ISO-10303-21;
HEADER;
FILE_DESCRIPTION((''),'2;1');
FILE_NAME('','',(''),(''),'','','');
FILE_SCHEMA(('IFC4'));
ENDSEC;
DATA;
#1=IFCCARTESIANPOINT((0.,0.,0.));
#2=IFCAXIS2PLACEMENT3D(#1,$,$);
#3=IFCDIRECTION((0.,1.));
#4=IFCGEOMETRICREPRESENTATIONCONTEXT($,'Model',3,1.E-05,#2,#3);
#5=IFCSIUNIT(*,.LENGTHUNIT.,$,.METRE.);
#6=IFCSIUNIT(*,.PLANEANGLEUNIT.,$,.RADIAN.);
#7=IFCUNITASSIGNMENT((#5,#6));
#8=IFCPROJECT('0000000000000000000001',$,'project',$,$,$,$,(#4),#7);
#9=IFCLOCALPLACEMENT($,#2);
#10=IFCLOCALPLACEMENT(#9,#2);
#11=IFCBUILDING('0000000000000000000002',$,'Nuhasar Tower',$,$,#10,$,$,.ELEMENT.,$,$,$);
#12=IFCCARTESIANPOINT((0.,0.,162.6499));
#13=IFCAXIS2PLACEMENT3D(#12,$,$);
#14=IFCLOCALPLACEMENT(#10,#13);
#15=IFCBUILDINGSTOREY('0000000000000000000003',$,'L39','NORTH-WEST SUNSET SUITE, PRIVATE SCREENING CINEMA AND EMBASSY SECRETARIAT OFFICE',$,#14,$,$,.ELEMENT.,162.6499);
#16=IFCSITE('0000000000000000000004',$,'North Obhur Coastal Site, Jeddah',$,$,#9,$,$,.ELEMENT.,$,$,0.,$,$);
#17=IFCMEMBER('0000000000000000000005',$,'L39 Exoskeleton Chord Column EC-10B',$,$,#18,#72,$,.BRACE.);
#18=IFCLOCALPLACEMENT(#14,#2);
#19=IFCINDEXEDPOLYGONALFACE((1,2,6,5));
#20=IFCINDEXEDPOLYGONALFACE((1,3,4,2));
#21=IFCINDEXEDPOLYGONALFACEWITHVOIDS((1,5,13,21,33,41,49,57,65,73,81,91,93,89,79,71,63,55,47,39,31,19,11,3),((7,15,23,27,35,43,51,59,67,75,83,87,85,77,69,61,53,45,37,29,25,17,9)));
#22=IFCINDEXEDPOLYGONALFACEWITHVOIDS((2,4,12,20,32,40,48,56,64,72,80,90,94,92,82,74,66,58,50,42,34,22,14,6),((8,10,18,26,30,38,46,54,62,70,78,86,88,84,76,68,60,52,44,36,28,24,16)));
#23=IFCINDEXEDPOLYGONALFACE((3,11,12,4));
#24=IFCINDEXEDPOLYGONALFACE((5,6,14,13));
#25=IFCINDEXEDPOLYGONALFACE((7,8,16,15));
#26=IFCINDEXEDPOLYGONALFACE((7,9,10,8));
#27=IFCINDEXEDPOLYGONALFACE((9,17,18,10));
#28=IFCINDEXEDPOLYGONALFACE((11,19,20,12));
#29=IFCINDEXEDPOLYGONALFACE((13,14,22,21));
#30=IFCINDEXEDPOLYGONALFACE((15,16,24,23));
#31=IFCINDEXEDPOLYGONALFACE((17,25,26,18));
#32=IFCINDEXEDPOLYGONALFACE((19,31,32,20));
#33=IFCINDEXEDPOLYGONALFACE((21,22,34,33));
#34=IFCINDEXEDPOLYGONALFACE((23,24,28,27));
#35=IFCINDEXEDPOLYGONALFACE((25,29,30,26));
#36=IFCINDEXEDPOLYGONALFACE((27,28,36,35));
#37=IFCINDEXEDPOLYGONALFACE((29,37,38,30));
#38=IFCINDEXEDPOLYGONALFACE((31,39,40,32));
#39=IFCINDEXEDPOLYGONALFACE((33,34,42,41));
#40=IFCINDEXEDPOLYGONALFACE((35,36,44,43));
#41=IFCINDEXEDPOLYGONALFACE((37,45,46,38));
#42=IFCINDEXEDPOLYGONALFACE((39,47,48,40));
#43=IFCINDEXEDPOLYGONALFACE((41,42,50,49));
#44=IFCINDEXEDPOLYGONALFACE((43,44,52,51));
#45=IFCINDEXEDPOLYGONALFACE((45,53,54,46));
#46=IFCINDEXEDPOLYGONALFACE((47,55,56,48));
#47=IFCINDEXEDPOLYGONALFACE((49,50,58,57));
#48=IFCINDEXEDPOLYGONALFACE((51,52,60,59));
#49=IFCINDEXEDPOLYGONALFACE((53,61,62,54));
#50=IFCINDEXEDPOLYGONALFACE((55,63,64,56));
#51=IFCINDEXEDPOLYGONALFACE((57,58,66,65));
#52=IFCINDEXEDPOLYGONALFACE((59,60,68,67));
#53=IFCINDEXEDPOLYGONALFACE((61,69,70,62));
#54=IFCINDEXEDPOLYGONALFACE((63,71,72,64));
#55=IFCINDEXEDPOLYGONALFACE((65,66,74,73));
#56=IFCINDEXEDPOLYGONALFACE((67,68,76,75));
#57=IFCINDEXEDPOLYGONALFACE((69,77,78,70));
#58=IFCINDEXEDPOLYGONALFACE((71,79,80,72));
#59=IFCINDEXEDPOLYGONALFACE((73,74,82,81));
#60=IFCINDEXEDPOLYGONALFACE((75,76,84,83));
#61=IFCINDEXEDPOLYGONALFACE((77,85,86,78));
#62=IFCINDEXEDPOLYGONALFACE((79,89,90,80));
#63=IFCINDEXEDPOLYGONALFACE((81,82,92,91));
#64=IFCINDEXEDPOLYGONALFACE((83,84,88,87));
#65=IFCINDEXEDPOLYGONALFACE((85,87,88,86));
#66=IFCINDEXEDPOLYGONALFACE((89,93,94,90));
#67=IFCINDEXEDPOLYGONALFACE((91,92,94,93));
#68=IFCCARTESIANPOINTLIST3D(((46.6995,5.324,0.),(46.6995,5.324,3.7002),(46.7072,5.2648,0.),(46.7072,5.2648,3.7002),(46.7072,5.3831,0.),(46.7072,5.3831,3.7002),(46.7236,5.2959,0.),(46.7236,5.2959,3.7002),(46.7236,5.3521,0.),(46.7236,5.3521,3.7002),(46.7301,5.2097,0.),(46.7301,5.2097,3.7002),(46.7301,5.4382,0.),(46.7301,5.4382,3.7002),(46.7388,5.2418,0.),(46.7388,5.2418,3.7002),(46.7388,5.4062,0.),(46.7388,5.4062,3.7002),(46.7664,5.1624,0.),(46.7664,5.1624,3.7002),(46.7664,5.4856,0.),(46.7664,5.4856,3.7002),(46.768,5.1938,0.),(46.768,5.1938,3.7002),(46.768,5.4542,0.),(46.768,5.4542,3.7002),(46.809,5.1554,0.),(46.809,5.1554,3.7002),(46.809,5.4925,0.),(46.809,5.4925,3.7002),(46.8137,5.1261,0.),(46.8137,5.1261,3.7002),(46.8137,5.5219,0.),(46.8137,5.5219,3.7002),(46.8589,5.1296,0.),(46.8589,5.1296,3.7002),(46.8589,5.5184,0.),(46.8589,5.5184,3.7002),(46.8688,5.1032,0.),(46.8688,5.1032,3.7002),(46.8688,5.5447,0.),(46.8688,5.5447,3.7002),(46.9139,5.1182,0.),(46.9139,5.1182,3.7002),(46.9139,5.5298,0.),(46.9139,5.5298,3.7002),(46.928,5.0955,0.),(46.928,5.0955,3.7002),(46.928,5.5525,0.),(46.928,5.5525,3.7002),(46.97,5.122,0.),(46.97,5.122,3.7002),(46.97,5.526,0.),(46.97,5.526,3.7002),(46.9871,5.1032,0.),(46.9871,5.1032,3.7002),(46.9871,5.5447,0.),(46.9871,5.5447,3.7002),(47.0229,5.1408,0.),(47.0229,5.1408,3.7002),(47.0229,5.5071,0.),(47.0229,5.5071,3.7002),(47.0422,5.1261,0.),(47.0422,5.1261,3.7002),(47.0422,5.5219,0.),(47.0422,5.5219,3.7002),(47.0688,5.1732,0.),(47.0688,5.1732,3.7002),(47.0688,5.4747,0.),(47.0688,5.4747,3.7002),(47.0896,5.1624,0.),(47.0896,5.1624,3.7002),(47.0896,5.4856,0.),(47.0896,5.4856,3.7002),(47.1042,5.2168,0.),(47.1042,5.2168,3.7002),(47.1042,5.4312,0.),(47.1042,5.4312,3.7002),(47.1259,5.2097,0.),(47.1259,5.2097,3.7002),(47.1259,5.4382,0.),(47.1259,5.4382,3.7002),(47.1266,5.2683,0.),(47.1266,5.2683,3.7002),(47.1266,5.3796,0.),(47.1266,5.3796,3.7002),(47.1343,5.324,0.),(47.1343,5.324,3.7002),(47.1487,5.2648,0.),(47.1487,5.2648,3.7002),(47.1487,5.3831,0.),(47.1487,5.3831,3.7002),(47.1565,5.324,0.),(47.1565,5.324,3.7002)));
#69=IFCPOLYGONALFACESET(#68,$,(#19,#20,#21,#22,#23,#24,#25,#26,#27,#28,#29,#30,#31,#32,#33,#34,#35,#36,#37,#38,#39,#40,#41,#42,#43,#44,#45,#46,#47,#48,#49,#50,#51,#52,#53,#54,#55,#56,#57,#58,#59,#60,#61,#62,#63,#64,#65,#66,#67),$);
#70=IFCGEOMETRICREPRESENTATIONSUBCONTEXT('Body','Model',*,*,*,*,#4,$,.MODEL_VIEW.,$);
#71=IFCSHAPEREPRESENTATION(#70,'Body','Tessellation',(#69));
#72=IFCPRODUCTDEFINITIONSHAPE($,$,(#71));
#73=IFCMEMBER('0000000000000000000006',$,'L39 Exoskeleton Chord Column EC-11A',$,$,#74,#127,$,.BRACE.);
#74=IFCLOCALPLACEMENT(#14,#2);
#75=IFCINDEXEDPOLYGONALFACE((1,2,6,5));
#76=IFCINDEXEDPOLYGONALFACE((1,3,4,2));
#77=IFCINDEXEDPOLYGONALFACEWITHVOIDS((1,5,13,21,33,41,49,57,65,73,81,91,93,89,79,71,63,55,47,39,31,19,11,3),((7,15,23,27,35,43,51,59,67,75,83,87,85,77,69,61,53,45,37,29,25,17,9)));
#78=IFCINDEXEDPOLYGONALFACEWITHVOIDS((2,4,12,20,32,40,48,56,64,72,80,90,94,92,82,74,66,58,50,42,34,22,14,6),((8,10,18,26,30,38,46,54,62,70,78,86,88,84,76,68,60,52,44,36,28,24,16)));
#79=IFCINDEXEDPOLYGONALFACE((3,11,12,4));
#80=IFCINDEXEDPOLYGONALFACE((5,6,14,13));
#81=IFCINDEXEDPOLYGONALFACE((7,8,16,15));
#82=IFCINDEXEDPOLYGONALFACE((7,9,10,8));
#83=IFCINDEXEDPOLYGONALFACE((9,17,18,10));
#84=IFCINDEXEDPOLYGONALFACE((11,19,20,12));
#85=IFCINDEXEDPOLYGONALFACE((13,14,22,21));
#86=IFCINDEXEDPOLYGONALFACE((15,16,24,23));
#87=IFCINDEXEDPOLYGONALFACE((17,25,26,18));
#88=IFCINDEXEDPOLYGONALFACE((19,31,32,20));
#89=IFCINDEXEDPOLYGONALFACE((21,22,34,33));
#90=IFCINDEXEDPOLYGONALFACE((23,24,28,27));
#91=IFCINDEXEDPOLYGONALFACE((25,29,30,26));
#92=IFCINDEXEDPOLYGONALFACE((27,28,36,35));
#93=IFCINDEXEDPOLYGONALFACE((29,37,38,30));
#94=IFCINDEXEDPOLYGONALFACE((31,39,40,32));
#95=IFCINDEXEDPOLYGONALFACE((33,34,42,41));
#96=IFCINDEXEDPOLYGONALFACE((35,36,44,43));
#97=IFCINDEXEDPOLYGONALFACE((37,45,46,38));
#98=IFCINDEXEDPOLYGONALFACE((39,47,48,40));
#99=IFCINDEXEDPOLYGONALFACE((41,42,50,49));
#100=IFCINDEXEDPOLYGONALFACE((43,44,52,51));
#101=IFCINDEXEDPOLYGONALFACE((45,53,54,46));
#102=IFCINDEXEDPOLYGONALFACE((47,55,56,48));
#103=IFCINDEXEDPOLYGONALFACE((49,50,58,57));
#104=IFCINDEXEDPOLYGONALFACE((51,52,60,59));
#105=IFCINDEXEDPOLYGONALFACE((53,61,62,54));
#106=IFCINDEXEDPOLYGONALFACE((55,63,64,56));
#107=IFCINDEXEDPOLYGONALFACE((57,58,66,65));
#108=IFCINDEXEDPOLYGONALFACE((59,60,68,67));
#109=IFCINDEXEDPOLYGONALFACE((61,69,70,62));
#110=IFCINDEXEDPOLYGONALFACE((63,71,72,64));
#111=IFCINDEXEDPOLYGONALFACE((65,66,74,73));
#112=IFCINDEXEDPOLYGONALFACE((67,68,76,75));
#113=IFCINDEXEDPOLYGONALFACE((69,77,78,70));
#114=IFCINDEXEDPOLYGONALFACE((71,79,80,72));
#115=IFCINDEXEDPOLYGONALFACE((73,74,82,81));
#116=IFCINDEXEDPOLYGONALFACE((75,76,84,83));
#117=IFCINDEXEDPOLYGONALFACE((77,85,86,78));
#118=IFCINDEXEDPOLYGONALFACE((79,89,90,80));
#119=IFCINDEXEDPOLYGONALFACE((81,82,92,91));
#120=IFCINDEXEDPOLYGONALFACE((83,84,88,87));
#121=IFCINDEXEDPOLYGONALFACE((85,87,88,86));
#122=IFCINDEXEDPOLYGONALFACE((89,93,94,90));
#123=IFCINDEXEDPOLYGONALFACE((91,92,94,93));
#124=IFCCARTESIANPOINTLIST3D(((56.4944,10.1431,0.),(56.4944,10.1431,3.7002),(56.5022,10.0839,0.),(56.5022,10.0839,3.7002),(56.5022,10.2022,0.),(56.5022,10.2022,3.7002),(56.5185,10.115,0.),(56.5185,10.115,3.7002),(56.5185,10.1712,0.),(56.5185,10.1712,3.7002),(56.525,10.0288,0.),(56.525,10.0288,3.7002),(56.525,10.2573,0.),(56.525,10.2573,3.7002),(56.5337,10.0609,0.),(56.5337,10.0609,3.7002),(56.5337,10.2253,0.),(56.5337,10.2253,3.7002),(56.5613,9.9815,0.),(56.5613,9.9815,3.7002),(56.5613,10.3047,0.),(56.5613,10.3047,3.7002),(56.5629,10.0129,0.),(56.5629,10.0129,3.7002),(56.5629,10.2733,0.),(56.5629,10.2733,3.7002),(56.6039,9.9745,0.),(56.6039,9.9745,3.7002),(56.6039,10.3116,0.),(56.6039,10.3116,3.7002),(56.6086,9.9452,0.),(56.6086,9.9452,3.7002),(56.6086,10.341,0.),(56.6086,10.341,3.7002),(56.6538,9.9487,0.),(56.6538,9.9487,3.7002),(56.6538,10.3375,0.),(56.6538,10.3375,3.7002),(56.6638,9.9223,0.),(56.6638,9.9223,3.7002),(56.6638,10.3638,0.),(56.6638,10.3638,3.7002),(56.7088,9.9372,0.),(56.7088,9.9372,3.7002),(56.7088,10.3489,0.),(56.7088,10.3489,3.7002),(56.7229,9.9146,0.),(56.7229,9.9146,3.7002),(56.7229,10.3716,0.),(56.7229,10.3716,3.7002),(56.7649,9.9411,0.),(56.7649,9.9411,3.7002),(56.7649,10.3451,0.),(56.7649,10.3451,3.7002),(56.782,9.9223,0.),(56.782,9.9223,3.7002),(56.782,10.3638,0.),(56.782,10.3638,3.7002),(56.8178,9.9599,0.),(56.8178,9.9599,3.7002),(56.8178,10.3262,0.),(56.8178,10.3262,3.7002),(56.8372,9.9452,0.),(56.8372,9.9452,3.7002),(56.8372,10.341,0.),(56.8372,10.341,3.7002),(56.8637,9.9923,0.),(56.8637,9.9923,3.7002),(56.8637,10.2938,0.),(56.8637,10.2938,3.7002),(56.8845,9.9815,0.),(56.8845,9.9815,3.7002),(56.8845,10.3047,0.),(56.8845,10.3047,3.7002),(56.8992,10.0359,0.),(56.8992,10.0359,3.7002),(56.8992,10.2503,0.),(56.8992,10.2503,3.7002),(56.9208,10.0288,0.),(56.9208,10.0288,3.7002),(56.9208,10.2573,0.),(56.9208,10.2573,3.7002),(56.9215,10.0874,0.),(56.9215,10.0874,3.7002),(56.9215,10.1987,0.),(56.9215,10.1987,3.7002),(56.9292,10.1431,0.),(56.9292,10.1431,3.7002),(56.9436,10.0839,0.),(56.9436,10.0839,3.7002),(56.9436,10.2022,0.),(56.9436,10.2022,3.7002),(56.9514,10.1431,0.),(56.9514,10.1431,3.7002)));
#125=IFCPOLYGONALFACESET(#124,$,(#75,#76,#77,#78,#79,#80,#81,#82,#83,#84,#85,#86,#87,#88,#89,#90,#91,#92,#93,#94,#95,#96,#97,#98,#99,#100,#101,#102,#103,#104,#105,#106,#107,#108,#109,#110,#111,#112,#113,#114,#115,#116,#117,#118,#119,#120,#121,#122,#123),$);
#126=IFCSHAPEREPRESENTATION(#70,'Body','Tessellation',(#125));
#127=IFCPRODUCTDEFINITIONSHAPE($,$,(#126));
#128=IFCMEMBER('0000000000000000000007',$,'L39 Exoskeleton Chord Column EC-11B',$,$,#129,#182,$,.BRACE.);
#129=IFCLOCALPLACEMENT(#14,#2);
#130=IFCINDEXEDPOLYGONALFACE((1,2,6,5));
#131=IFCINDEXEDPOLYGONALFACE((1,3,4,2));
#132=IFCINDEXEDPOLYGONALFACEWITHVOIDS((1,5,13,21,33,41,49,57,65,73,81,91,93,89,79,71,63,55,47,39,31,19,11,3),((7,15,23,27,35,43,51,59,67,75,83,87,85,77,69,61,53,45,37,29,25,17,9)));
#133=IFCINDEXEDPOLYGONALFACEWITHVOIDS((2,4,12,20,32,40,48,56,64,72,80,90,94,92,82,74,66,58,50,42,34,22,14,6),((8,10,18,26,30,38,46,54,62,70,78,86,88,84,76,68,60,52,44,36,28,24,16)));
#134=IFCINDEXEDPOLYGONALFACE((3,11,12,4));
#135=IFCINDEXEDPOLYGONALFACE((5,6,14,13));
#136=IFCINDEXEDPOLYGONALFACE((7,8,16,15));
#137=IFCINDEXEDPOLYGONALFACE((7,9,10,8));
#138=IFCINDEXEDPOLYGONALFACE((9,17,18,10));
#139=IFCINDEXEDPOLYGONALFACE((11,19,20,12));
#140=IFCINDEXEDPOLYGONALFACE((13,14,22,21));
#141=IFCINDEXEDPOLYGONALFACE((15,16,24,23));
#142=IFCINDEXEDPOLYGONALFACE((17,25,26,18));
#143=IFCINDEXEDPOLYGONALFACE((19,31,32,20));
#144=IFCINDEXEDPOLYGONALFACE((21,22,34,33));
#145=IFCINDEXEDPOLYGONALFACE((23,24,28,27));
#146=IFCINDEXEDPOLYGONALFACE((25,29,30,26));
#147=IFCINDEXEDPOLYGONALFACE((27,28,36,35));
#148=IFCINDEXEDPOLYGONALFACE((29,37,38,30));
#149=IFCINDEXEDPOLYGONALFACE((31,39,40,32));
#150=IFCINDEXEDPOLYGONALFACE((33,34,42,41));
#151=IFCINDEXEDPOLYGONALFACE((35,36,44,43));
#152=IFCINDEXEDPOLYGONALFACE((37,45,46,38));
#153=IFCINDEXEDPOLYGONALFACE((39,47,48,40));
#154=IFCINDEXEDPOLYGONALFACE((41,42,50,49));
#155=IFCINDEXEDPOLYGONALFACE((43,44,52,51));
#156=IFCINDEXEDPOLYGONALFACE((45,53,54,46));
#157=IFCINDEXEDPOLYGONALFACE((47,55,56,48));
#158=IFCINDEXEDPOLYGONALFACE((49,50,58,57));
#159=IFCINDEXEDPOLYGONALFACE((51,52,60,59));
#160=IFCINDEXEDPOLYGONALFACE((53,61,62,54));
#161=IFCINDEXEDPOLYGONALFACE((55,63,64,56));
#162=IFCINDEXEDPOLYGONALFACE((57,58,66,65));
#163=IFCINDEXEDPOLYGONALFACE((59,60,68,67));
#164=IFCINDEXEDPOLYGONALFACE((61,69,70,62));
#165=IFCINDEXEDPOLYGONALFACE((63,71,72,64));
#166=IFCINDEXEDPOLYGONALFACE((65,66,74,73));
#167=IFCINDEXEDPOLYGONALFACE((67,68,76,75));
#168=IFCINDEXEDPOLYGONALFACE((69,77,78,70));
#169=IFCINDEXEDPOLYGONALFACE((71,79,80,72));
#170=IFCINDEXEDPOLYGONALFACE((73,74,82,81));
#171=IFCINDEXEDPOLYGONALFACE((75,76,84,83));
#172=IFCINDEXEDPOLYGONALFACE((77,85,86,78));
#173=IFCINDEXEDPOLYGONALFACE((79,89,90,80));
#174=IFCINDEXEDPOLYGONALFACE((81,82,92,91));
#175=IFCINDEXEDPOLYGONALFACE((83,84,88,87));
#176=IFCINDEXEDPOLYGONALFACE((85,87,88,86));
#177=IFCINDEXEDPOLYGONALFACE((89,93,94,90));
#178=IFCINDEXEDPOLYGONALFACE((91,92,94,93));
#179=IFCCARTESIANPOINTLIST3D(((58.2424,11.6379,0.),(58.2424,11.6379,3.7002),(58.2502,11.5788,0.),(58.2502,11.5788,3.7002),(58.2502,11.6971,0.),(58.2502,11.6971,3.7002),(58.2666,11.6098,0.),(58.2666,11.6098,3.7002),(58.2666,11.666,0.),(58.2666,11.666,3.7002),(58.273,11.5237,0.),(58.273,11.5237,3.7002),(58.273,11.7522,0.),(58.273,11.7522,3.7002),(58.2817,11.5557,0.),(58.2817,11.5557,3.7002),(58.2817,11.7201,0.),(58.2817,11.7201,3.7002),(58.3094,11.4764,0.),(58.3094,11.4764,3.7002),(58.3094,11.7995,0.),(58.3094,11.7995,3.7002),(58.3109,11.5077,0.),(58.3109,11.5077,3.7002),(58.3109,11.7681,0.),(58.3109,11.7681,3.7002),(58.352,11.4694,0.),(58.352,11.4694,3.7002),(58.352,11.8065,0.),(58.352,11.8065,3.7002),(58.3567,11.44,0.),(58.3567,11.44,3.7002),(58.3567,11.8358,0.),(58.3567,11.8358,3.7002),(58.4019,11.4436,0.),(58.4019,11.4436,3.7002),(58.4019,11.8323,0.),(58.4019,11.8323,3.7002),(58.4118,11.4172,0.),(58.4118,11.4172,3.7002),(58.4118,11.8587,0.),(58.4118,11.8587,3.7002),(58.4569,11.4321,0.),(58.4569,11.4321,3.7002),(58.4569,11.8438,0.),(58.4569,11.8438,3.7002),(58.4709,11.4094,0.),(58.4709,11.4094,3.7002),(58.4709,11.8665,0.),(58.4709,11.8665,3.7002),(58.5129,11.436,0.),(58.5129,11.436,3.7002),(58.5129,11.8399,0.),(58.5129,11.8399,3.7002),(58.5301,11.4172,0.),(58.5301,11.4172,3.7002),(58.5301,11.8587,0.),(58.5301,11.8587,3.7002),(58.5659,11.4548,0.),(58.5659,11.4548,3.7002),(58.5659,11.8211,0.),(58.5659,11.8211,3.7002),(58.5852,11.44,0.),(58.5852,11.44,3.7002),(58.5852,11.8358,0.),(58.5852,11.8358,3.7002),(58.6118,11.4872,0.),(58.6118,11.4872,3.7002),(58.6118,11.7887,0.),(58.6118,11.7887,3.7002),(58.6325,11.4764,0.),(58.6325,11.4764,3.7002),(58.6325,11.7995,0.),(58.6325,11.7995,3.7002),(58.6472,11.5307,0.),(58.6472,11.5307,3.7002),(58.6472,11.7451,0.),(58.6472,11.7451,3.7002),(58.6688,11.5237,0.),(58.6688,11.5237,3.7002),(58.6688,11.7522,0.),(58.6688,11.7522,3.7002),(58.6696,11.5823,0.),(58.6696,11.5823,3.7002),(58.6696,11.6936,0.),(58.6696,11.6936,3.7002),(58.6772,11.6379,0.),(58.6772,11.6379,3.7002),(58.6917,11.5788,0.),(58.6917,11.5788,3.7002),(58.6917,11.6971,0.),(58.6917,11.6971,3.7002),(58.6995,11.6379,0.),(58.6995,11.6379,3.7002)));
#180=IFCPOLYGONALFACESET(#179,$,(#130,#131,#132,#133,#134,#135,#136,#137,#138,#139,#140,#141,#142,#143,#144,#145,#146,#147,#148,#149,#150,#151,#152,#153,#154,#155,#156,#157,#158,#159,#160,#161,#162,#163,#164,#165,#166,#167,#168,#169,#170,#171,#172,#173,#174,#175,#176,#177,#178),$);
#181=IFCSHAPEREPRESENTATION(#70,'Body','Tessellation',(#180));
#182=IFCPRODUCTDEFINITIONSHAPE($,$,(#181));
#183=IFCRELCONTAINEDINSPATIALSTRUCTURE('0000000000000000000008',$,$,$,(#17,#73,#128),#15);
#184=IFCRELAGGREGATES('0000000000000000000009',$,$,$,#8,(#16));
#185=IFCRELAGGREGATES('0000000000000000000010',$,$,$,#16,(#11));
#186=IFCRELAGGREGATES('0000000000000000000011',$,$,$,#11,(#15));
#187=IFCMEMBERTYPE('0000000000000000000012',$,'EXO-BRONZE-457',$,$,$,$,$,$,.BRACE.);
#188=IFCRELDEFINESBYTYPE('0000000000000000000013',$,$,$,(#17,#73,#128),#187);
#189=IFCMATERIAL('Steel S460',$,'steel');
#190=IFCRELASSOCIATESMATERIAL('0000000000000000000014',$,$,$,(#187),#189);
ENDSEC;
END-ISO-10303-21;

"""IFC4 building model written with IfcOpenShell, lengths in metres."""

from ifc_helpers import new_model, si_unit, direction, frame, origin, origin_2d, place, context, subcontext, project, spatial, hollow_circle, extrude, material, material_profile, profile_set, type_object, element, save


model = new_model("IFC4")

# Units and contexts
model_context = context("Model", 3, precision=1e-05, world=origin(), true_north=direction((0.0, 1.0)))
body_context = subcontext(model_context, "Body", "Model", "MODEL_VIEW")
ifc_project = project(units=[si_unit("LENGTHUNIT", "METRE"), si_unit("PLANEANGLEUNIT", "RADIAN")], contexts=[model_context])

# Site, building, storey
site_placement = place(None, origin())
site = spatial("IfcSite", under=ifc_project, at=site_placement, Name="North Obhur Coastal Site, Jeddah", CompositionType="ELEMENT", RefElevation=0.0)
building_placement = place(site_placement, origin())
building = spatial("IfcBuilding", under=site, at=building_placement, Name="Nuhasar Tower", CompositionType="ELEMENT")
storey_placement = place(building_placement, frame((0.0, 0.0, 162.6499)))
storey = spatial("IfcBuildingStorey", under=building, at=storey_placement, Name="L39", Description="NORTH-WEST SUNSET SUITE, PRIVATE SCREENING CINEMA AND EMBASSY SECRETARIAT OFFICE", CompositionType="ELEMENT", Elevation=162.6499)

# Members
ifc_material_1 = material(Name="Steel S460", Category="steel")
ifc_material_profile_1 = material_profile(ifc_material_1, hollow_circle(Radius=0.2285, WallThickness=0.0222, at=origin_2d()), Name="HSS457X22.2")
ifc_profile_set_1 = profile_set([ifc_material_profile_1], Name="Steel S460")
member_type_1 = type_object("IfcMemberType", Name="EXO-BRONZE-457", PredefinedType="BRACE", material=ifc_profile_set_1)
for number, where, z_axis, x_axis, name in (
    (1, (46.928, 5.324, 0.0), (0.0, 0.0, 1.0), (1.0, 0.0, 0.0), "L39 Exoskeleton Chord Column EC-10B"),
    (2, (56.7229, 10.1431, 0.0), (0.0, 0.0, 1.0), (1.0, 0.0, 0.0), "L39 Exoskeleton Chord Column EC-11A"),
    (3, (58.4709, 11.6379, 0.0), (0.0, 0.0, 1.0), (1.0, 0.0, 0.0), "L39 Exoskeleton Chord Column EC-11B"),
):
    element("IfcMember", number, at=place(storey_placement, frame(where, z_axis=z_axis, x_axis=x_axis)), inside=storey, type_object=member_type_1, Name=name, PredefinedType="BRACE", context=body_context, shape_type="SweptSolid", body=[
        extrude(hollow_circle(Radius=0.2285, WallThickness=0.0222, at=origin_2d()), origin(), (0.0, 0.0, 1.0), 3.7002),
    ])

save(model, "model.ifc")
